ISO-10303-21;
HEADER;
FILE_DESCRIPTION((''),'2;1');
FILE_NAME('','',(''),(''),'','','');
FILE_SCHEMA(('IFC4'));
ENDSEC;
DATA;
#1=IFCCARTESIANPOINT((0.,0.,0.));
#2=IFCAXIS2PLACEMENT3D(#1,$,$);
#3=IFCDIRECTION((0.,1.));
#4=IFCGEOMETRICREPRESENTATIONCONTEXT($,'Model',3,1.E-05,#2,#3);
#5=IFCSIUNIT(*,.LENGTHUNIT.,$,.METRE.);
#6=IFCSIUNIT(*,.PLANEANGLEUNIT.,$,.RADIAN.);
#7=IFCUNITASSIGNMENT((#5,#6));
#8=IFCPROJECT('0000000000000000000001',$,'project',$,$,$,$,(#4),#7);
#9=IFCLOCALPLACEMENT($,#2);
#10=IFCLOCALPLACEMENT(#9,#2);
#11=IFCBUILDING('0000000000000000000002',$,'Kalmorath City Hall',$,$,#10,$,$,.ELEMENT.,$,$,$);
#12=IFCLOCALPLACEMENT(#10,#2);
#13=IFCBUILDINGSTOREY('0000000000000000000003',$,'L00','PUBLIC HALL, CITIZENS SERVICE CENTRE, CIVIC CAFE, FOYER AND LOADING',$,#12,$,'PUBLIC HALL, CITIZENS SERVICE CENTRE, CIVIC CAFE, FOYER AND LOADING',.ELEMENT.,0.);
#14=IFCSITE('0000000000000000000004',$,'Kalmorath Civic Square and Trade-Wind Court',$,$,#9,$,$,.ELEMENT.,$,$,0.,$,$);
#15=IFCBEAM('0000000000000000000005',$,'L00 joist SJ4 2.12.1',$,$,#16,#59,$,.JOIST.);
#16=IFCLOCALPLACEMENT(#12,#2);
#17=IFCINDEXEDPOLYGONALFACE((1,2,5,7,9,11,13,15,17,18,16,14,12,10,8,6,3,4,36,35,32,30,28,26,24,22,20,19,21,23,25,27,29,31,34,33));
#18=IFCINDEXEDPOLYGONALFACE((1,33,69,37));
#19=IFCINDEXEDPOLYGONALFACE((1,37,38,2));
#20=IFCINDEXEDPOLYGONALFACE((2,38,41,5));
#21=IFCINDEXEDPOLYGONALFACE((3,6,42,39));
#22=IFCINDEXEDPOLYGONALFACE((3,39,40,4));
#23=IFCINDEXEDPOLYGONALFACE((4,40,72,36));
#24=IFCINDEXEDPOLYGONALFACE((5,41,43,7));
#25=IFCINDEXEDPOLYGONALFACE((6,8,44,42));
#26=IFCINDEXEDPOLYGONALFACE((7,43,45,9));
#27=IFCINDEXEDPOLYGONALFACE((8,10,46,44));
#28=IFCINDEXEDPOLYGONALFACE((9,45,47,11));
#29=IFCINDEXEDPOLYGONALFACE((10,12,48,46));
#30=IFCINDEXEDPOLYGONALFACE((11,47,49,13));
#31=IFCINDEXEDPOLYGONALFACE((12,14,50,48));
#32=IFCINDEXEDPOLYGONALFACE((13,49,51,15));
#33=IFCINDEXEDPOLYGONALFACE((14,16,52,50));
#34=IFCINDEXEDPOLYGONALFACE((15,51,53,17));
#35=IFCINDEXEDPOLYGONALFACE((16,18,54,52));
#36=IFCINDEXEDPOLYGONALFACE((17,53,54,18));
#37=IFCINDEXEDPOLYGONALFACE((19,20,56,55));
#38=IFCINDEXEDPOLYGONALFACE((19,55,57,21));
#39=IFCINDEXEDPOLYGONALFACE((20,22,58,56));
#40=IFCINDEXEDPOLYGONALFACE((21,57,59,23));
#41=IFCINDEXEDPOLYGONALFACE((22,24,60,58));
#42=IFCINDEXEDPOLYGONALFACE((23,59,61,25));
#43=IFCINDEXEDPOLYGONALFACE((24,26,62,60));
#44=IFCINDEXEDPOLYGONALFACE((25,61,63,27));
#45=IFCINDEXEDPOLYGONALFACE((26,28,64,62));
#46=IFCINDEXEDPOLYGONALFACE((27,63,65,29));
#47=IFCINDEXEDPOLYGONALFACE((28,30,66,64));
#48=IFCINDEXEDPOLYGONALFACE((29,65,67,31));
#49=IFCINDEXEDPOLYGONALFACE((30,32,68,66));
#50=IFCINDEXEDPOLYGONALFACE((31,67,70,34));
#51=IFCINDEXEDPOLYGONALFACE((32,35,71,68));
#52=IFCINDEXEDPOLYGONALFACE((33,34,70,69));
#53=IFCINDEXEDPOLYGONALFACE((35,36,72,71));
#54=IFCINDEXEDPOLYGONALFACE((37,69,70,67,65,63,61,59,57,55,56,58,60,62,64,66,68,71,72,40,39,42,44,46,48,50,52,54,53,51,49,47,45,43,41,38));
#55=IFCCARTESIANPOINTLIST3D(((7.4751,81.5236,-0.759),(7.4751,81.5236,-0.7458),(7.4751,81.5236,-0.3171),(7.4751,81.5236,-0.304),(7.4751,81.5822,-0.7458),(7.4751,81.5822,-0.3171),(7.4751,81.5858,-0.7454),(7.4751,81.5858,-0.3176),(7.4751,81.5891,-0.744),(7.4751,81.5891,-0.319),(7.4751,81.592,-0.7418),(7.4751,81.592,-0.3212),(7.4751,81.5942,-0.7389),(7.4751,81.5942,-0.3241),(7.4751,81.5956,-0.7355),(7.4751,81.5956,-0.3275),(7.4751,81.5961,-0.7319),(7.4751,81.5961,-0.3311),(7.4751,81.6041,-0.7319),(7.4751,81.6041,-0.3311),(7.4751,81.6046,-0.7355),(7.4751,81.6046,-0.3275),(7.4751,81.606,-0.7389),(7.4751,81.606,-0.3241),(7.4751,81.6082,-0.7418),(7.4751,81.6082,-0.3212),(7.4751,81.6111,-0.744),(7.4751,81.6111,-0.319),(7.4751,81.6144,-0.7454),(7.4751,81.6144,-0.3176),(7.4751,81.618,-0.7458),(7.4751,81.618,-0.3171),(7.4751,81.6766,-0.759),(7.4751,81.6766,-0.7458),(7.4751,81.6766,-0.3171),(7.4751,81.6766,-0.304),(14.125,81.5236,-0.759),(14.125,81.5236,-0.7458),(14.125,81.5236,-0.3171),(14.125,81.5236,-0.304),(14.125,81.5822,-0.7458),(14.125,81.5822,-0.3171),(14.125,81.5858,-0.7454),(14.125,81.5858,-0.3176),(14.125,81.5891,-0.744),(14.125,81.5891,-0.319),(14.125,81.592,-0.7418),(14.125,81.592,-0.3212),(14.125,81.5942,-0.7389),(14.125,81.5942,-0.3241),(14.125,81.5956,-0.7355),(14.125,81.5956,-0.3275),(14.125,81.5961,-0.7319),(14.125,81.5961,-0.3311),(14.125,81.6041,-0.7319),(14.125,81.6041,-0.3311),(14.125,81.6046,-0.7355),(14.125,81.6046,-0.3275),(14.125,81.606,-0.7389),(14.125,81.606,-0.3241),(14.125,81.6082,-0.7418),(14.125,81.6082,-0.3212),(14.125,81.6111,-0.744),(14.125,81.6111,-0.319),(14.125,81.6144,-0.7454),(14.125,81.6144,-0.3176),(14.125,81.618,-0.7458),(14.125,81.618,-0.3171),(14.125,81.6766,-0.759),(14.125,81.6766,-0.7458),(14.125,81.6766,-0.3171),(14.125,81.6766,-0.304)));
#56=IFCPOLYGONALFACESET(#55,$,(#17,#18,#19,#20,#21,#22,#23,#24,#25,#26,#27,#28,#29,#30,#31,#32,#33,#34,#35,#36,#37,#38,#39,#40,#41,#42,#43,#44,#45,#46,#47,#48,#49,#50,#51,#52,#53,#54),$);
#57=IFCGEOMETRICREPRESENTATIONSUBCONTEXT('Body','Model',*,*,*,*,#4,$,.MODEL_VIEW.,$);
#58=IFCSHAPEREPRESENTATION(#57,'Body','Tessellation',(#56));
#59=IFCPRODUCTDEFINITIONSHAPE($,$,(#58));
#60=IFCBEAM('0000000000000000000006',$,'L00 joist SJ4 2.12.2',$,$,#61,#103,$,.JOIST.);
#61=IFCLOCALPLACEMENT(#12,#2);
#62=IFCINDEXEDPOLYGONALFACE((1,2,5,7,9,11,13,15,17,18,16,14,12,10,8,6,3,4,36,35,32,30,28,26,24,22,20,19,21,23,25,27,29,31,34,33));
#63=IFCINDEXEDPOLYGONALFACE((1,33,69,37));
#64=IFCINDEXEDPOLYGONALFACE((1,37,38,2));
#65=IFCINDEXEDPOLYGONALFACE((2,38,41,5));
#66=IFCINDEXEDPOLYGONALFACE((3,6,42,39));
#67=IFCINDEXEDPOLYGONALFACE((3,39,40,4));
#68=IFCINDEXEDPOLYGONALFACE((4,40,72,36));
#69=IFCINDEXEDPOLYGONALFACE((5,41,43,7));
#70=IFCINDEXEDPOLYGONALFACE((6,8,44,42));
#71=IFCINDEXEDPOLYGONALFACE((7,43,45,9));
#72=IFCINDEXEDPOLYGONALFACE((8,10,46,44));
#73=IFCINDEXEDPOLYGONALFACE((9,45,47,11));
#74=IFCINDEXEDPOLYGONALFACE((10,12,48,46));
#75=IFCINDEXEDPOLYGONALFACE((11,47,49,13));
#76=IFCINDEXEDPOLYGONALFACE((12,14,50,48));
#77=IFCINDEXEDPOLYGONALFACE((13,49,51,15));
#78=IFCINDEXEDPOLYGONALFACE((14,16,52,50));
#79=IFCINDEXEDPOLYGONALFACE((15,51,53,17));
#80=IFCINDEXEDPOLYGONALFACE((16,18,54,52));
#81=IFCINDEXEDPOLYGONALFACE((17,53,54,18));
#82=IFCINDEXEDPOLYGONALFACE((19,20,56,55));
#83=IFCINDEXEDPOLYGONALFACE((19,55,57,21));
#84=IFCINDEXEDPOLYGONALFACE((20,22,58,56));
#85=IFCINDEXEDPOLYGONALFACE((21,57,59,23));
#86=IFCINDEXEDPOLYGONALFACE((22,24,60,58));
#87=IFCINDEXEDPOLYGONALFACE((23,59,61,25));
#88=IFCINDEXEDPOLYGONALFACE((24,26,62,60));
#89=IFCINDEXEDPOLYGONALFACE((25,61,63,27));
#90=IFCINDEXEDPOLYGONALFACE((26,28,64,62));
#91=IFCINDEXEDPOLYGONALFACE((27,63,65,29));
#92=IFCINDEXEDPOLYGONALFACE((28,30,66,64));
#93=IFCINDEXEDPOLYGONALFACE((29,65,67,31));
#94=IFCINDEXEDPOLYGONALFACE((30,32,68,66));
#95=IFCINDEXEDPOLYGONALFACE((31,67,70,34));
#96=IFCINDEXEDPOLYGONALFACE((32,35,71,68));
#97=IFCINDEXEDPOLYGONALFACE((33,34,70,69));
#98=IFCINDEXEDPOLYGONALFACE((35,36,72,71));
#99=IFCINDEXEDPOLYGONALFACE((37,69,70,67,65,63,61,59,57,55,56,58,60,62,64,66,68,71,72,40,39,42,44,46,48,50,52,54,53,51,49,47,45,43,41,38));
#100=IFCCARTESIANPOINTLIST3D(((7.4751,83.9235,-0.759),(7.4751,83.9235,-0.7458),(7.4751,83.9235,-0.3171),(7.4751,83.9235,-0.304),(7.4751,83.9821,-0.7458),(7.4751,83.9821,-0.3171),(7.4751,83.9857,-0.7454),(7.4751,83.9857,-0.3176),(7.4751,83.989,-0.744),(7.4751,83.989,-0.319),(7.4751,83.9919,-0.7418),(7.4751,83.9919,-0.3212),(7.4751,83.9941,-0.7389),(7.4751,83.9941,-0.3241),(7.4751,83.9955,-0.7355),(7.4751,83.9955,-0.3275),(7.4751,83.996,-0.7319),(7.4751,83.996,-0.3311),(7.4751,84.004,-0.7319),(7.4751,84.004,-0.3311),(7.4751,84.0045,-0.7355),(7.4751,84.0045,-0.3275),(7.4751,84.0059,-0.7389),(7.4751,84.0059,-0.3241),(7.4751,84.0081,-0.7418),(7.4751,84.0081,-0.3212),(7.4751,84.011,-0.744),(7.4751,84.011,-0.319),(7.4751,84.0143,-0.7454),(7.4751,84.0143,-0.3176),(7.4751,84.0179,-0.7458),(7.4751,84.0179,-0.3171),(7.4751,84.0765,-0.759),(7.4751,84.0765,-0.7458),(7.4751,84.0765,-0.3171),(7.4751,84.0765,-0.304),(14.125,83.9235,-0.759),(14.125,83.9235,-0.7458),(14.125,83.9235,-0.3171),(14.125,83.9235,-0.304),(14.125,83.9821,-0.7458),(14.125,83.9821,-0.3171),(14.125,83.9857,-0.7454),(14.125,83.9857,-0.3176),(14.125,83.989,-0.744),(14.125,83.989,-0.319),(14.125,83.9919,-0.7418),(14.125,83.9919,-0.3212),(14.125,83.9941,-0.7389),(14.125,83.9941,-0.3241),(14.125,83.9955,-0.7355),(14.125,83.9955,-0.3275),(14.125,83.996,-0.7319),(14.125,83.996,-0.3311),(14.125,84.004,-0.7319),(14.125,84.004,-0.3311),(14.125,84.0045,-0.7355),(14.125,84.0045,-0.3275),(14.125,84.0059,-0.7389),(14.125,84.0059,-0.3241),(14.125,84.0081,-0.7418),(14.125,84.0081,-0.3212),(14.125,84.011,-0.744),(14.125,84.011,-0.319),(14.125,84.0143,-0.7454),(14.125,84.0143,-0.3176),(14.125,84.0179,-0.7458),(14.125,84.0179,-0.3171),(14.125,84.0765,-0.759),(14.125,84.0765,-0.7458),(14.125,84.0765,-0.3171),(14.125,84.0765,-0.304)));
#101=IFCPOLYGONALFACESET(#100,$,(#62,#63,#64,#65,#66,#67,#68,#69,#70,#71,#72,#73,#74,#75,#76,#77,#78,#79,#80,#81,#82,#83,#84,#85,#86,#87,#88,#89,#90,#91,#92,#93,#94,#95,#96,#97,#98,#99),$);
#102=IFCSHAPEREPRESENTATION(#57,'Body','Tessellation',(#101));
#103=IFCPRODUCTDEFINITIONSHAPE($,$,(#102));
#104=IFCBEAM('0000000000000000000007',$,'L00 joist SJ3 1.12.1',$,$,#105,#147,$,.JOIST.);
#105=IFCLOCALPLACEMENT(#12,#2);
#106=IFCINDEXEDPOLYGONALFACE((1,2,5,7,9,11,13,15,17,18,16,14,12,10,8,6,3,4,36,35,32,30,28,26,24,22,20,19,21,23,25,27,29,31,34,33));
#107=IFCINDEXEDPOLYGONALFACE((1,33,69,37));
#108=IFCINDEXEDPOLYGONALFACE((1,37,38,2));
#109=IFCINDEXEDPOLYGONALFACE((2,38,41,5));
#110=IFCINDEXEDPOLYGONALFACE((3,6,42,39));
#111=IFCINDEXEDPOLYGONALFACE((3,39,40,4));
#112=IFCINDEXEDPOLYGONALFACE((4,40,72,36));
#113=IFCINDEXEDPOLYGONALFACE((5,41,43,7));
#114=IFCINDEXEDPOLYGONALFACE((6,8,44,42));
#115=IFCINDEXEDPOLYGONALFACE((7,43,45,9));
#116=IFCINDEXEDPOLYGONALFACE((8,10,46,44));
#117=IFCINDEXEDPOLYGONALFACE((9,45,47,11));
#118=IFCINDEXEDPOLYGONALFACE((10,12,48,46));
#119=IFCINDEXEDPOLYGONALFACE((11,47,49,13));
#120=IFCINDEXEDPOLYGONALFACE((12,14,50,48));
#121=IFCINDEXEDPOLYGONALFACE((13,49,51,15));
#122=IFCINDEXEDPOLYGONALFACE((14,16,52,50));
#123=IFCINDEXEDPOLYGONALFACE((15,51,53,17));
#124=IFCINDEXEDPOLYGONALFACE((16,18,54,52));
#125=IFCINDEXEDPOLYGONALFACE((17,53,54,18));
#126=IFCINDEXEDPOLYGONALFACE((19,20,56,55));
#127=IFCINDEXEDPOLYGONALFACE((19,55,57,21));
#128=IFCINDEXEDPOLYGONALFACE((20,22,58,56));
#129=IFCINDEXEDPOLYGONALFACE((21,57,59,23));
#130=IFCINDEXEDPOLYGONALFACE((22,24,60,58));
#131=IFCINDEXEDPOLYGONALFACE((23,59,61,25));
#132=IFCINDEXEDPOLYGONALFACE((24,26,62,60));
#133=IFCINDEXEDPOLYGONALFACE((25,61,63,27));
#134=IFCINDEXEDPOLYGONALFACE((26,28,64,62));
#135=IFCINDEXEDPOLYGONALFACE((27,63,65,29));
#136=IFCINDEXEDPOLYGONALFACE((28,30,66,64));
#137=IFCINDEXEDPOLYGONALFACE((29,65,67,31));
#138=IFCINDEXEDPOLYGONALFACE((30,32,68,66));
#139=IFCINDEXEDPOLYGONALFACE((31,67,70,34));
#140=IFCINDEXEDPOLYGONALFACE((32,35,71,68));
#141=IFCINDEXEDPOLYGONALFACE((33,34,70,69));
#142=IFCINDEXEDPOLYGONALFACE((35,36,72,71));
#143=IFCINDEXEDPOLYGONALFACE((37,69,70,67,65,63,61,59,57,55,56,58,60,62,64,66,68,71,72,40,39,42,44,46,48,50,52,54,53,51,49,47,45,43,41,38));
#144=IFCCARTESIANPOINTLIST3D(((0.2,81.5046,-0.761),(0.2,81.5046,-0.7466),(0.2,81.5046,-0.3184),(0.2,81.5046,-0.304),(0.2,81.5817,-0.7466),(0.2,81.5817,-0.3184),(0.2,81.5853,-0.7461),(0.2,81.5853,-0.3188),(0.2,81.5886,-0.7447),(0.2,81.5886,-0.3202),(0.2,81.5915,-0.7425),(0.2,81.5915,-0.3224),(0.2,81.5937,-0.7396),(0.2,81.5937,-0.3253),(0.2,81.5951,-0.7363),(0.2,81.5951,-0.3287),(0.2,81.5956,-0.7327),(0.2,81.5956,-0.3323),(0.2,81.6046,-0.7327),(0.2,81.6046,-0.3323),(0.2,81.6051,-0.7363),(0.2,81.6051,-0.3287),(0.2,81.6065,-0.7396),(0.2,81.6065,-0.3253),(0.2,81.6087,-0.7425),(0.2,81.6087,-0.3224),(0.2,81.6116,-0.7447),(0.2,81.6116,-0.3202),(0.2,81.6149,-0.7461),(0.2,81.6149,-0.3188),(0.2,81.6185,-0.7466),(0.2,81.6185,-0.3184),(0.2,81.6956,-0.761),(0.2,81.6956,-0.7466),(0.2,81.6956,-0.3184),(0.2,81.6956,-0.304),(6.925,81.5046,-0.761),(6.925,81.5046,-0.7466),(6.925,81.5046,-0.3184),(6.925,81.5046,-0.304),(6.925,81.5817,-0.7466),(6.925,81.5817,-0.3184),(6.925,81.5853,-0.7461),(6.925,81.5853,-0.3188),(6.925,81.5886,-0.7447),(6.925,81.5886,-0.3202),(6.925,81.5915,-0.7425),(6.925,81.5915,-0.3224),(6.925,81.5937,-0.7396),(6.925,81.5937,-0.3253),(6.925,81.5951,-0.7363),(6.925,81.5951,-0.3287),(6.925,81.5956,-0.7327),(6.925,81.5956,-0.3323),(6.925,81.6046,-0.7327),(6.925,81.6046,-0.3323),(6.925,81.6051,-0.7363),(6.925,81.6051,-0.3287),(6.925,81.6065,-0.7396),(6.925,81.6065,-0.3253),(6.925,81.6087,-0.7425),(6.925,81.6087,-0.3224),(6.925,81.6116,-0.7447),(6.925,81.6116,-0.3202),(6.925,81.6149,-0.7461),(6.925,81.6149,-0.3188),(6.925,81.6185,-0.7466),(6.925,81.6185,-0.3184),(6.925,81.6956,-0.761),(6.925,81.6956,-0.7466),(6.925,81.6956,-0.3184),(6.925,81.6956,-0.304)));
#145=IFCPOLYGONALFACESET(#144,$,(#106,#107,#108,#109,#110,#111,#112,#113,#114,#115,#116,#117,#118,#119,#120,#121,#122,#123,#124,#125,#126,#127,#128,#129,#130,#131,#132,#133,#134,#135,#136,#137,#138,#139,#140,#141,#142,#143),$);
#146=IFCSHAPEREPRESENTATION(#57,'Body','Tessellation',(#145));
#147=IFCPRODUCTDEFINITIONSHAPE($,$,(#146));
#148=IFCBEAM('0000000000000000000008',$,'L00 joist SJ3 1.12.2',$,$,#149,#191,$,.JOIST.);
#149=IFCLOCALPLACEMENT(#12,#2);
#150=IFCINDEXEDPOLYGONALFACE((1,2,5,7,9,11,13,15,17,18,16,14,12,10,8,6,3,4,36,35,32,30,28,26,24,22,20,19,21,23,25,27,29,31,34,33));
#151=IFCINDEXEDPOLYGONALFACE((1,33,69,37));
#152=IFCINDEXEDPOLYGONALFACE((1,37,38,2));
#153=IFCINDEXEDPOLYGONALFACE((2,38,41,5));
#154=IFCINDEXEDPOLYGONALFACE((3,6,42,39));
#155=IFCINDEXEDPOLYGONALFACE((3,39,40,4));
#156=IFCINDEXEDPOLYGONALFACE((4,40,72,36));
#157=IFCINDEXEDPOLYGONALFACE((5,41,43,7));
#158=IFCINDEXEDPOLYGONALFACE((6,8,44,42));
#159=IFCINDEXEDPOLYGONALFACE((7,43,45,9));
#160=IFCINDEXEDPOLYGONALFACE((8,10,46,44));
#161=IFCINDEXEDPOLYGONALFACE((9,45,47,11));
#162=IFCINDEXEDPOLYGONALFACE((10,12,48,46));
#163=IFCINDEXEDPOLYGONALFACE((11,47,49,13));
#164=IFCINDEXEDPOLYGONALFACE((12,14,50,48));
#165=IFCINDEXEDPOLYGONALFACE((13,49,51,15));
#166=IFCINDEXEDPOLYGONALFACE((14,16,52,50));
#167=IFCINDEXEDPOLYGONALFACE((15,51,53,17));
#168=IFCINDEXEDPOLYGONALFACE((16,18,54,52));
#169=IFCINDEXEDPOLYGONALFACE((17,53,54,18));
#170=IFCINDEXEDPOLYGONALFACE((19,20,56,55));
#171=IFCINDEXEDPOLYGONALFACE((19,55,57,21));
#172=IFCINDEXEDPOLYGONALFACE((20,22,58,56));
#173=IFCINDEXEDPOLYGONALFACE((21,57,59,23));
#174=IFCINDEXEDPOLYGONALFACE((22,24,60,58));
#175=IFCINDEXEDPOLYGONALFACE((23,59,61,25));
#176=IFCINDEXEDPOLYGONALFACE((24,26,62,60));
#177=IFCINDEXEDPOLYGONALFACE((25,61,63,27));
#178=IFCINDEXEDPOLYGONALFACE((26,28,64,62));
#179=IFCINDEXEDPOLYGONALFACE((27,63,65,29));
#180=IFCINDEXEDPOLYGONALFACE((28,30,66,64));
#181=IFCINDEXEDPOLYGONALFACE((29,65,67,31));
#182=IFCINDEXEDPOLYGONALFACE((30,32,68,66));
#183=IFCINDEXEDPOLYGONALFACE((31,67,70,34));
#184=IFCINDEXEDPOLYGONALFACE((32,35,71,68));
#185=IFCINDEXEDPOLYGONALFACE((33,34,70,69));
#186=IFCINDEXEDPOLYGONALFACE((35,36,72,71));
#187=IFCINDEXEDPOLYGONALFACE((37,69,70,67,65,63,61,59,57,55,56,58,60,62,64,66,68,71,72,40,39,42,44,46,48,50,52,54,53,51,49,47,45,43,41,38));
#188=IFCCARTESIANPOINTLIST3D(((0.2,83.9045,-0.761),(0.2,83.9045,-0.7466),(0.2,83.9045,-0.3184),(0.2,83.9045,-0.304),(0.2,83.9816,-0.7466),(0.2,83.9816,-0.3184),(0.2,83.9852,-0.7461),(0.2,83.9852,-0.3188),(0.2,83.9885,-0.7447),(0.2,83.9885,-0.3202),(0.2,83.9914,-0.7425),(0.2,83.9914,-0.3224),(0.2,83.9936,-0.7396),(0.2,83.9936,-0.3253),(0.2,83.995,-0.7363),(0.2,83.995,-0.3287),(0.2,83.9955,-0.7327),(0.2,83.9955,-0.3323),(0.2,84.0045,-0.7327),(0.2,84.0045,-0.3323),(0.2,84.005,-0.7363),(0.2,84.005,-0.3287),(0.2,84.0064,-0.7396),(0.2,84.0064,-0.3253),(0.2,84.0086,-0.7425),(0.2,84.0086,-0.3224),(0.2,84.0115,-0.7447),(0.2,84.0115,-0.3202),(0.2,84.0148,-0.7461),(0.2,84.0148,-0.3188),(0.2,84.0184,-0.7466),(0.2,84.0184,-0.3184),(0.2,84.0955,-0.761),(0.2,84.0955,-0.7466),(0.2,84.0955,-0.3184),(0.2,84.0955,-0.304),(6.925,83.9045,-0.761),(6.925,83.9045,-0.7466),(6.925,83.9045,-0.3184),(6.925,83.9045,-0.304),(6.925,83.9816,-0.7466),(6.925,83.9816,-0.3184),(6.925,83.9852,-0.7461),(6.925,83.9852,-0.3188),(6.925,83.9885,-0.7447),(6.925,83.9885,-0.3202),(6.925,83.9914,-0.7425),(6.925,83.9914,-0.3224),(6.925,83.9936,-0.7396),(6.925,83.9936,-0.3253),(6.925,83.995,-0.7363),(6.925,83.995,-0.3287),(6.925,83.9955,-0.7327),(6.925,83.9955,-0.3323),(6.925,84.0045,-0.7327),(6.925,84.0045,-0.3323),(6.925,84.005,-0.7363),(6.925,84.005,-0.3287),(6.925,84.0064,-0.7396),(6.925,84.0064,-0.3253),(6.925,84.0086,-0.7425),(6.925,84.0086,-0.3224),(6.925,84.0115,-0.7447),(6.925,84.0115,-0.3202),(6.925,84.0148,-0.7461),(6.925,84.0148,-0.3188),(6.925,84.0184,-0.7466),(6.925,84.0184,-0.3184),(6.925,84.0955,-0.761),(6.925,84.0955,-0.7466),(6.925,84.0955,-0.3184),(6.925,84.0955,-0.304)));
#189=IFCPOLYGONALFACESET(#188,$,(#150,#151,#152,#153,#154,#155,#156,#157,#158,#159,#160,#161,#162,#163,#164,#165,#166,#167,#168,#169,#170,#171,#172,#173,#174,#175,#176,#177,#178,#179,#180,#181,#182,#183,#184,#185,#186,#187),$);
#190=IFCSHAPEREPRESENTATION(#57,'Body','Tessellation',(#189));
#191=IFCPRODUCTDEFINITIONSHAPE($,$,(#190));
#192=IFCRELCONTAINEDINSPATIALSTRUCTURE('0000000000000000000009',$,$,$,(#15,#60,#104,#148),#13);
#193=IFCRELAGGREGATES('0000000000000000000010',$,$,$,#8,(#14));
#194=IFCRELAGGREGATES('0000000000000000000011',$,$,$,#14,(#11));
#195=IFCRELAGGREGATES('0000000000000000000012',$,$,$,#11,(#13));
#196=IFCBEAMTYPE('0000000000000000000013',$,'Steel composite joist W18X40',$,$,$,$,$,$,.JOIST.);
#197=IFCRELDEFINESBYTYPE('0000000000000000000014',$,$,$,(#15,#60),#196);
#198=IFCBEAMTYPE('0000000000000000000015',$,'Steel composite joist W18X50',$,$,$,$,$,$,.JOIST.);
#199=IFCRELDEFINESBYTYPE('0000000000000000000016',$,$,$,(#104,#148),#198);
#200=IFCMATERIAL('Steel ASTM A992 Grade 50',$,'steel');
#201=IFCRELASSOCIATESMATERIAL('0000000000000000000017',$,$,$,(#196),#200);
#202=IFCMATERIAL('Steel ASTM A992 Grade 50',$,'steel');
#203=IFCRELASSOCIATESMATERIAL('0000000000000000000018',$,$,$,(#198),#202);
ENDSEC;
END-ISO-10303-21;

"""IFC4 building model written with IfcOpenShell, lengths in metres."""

from ifc_helpers import new_model, si_unit, direction, frame, origin, origin_2d, place, context, subcontext, project, spatial, i_section, extrude, material, material_profile, profile_set, type_object, element, save


model = new_model("IFC4")

# Units and contexts
model_context = context("Model", 3, precision=1e-05, world=origin(), true_north=direction((0.0, 1.0)))
body_context = subcontext(model_context, "Body", "Model", "MODEL_VIEW")
ifc_project = project(units=[si_unit("LENGTHUNIT", "METRE"), si_unit("PLANEANGLEUNIT", "RADIAN")], contexts=[model_context])

# Site, building, storey
site_placement = place(None, origin())
site = spatial("IfcSite", under=ifc_project, at=site_placement, Name="Kalmorath Civic Square and Trade-Wind Court", CompositionType="ELEMENT", RefElevation=0.0)
building_placement = place(site_placement, origin())
building = spatial("IfcBuilding", under=site, at=building_placement, Name="Kalmorath City Hall", CompositionType="ELEMENT")
storey_placement = place(building_placement, origin())
storey = spatial("IfcBuildingStorey", under=building, at=storey_placement, Name="L00", Description="PUBLIC HALL, CITIZENS SERVICE CENTRE, CIVIC CAFE, FOYER AND LOADING", LongName="PUBLIC HALL, CITIZENS SERVICE CENTRE, CIVIC CAFE, FOYER AND LOADING", CompositionType="ELEMENT", Elevation=0.0)

# Beams
ifc_material_1 = material(Name="Steel ASTM A992 Grade 50", Category="steel")
ifc_material_profile_1 = material_profile(ifc_material_1, i_section(OverallWidth=0.1531, OverallDepth=0.4551, WebThickness=0.0081, FlangeThickness=0.0132, FilletRadius=0.0139, at=origin_2d()), Name="W18X40")
ifc_profile_set_1 = profile_set([ifc_material_profile_1], Name="Steel ASTM A992 Grade 50")
beam_type_1 = type_object("IfcBeamType", Name="Steel composite joist W18X40", PredefinedType="JOIST", material=ifc_profile_set_1)
for number, where, z_axis, x_axis, name in (
    (1, (7.4751, 81.6001, -0.5315), (1.0, 0.0, 0.0), (0.0, 1.0, 0.0), "L00 joist SJ4 2.12.1"),
    (2, (7.4751, 84.0, -0.5315), (1.0, 0.0, 0.0), (0.0, 1.0, 0.0), "L00 joist SJ4 2.12.2"),
):
    element("IfcBeam", number, at=place(storey_placement, frame(where, z_axis=z_axis, x_axis=x_axis)), inside=storey, type_object=beam_type_1, Name=name, PredefinedType="JOIST", context=body_context, shape_type="SweptSolid", body=[
        extrude(i_section(OverallWidth=0.1531, OverallDepth=0.4551, WebThickness=0.0081, FlangeThickness=0.0132, FilletRadius=0.0139, at=origin_2d()), origin(), (0.0, 0.0, 1.0), 6.6499),
    ])
ifc_material_2 = material(Name="Steel ASTM A992 Grade 50", Category="steel")
ifc_material_profile_2 = material_profile(ifc_material_2, i_section(OverallWidth=0.1909, OverallDepth=0.457, WebThickness=0.009, FlangeThickness=0.0144, FilletRadius=0.0139, at=origin_2d()), Name="W18X50")
ifc_profile_set_2 = profile_set([ifc_material_profile_2], Name="Steel ASTM A992 Grade 50")
beam_type_2 = type_object("IfcBeamType", Name="Steel composite joist W18X50", PredefinedType="JOIST", material=ifc_profile_set_2)
for number, where, z_axis, x_axis, name in (
    (3, (0.2, 81.6001, -0.5325), (1.0, 0.0, 0.0), (0.0, 1.0, 0.0), "L00 joist SJ3 1.12.1"),
    (4, (0.2, 84.0, -0.5325), (1.0, 0.0, 0.0), (0.0, 1.0, 0.0), "L00 joist SJ3 1.12.2"),
):
    element("IfcBeam", number, at=place(storey_placement, frame(where, z_axis=z_axis, x_axis=x_axis)), inside=storey, type_object=beam_type_2, Name=name, PredefinedType="JOIST", context=body_context, shape_type="SweptSolid", body=[
        extrude(i_section(OverallWidth=0.1909, OverallDepth=0.457, WebThickness=0.009, FlangeThickness=0.0144, FilletRadius=0.0139, at=origin_2d()), origin(), (0.0, 0.0, 1.0), 6.7251),
    ])

save(model, "model.ifc")
